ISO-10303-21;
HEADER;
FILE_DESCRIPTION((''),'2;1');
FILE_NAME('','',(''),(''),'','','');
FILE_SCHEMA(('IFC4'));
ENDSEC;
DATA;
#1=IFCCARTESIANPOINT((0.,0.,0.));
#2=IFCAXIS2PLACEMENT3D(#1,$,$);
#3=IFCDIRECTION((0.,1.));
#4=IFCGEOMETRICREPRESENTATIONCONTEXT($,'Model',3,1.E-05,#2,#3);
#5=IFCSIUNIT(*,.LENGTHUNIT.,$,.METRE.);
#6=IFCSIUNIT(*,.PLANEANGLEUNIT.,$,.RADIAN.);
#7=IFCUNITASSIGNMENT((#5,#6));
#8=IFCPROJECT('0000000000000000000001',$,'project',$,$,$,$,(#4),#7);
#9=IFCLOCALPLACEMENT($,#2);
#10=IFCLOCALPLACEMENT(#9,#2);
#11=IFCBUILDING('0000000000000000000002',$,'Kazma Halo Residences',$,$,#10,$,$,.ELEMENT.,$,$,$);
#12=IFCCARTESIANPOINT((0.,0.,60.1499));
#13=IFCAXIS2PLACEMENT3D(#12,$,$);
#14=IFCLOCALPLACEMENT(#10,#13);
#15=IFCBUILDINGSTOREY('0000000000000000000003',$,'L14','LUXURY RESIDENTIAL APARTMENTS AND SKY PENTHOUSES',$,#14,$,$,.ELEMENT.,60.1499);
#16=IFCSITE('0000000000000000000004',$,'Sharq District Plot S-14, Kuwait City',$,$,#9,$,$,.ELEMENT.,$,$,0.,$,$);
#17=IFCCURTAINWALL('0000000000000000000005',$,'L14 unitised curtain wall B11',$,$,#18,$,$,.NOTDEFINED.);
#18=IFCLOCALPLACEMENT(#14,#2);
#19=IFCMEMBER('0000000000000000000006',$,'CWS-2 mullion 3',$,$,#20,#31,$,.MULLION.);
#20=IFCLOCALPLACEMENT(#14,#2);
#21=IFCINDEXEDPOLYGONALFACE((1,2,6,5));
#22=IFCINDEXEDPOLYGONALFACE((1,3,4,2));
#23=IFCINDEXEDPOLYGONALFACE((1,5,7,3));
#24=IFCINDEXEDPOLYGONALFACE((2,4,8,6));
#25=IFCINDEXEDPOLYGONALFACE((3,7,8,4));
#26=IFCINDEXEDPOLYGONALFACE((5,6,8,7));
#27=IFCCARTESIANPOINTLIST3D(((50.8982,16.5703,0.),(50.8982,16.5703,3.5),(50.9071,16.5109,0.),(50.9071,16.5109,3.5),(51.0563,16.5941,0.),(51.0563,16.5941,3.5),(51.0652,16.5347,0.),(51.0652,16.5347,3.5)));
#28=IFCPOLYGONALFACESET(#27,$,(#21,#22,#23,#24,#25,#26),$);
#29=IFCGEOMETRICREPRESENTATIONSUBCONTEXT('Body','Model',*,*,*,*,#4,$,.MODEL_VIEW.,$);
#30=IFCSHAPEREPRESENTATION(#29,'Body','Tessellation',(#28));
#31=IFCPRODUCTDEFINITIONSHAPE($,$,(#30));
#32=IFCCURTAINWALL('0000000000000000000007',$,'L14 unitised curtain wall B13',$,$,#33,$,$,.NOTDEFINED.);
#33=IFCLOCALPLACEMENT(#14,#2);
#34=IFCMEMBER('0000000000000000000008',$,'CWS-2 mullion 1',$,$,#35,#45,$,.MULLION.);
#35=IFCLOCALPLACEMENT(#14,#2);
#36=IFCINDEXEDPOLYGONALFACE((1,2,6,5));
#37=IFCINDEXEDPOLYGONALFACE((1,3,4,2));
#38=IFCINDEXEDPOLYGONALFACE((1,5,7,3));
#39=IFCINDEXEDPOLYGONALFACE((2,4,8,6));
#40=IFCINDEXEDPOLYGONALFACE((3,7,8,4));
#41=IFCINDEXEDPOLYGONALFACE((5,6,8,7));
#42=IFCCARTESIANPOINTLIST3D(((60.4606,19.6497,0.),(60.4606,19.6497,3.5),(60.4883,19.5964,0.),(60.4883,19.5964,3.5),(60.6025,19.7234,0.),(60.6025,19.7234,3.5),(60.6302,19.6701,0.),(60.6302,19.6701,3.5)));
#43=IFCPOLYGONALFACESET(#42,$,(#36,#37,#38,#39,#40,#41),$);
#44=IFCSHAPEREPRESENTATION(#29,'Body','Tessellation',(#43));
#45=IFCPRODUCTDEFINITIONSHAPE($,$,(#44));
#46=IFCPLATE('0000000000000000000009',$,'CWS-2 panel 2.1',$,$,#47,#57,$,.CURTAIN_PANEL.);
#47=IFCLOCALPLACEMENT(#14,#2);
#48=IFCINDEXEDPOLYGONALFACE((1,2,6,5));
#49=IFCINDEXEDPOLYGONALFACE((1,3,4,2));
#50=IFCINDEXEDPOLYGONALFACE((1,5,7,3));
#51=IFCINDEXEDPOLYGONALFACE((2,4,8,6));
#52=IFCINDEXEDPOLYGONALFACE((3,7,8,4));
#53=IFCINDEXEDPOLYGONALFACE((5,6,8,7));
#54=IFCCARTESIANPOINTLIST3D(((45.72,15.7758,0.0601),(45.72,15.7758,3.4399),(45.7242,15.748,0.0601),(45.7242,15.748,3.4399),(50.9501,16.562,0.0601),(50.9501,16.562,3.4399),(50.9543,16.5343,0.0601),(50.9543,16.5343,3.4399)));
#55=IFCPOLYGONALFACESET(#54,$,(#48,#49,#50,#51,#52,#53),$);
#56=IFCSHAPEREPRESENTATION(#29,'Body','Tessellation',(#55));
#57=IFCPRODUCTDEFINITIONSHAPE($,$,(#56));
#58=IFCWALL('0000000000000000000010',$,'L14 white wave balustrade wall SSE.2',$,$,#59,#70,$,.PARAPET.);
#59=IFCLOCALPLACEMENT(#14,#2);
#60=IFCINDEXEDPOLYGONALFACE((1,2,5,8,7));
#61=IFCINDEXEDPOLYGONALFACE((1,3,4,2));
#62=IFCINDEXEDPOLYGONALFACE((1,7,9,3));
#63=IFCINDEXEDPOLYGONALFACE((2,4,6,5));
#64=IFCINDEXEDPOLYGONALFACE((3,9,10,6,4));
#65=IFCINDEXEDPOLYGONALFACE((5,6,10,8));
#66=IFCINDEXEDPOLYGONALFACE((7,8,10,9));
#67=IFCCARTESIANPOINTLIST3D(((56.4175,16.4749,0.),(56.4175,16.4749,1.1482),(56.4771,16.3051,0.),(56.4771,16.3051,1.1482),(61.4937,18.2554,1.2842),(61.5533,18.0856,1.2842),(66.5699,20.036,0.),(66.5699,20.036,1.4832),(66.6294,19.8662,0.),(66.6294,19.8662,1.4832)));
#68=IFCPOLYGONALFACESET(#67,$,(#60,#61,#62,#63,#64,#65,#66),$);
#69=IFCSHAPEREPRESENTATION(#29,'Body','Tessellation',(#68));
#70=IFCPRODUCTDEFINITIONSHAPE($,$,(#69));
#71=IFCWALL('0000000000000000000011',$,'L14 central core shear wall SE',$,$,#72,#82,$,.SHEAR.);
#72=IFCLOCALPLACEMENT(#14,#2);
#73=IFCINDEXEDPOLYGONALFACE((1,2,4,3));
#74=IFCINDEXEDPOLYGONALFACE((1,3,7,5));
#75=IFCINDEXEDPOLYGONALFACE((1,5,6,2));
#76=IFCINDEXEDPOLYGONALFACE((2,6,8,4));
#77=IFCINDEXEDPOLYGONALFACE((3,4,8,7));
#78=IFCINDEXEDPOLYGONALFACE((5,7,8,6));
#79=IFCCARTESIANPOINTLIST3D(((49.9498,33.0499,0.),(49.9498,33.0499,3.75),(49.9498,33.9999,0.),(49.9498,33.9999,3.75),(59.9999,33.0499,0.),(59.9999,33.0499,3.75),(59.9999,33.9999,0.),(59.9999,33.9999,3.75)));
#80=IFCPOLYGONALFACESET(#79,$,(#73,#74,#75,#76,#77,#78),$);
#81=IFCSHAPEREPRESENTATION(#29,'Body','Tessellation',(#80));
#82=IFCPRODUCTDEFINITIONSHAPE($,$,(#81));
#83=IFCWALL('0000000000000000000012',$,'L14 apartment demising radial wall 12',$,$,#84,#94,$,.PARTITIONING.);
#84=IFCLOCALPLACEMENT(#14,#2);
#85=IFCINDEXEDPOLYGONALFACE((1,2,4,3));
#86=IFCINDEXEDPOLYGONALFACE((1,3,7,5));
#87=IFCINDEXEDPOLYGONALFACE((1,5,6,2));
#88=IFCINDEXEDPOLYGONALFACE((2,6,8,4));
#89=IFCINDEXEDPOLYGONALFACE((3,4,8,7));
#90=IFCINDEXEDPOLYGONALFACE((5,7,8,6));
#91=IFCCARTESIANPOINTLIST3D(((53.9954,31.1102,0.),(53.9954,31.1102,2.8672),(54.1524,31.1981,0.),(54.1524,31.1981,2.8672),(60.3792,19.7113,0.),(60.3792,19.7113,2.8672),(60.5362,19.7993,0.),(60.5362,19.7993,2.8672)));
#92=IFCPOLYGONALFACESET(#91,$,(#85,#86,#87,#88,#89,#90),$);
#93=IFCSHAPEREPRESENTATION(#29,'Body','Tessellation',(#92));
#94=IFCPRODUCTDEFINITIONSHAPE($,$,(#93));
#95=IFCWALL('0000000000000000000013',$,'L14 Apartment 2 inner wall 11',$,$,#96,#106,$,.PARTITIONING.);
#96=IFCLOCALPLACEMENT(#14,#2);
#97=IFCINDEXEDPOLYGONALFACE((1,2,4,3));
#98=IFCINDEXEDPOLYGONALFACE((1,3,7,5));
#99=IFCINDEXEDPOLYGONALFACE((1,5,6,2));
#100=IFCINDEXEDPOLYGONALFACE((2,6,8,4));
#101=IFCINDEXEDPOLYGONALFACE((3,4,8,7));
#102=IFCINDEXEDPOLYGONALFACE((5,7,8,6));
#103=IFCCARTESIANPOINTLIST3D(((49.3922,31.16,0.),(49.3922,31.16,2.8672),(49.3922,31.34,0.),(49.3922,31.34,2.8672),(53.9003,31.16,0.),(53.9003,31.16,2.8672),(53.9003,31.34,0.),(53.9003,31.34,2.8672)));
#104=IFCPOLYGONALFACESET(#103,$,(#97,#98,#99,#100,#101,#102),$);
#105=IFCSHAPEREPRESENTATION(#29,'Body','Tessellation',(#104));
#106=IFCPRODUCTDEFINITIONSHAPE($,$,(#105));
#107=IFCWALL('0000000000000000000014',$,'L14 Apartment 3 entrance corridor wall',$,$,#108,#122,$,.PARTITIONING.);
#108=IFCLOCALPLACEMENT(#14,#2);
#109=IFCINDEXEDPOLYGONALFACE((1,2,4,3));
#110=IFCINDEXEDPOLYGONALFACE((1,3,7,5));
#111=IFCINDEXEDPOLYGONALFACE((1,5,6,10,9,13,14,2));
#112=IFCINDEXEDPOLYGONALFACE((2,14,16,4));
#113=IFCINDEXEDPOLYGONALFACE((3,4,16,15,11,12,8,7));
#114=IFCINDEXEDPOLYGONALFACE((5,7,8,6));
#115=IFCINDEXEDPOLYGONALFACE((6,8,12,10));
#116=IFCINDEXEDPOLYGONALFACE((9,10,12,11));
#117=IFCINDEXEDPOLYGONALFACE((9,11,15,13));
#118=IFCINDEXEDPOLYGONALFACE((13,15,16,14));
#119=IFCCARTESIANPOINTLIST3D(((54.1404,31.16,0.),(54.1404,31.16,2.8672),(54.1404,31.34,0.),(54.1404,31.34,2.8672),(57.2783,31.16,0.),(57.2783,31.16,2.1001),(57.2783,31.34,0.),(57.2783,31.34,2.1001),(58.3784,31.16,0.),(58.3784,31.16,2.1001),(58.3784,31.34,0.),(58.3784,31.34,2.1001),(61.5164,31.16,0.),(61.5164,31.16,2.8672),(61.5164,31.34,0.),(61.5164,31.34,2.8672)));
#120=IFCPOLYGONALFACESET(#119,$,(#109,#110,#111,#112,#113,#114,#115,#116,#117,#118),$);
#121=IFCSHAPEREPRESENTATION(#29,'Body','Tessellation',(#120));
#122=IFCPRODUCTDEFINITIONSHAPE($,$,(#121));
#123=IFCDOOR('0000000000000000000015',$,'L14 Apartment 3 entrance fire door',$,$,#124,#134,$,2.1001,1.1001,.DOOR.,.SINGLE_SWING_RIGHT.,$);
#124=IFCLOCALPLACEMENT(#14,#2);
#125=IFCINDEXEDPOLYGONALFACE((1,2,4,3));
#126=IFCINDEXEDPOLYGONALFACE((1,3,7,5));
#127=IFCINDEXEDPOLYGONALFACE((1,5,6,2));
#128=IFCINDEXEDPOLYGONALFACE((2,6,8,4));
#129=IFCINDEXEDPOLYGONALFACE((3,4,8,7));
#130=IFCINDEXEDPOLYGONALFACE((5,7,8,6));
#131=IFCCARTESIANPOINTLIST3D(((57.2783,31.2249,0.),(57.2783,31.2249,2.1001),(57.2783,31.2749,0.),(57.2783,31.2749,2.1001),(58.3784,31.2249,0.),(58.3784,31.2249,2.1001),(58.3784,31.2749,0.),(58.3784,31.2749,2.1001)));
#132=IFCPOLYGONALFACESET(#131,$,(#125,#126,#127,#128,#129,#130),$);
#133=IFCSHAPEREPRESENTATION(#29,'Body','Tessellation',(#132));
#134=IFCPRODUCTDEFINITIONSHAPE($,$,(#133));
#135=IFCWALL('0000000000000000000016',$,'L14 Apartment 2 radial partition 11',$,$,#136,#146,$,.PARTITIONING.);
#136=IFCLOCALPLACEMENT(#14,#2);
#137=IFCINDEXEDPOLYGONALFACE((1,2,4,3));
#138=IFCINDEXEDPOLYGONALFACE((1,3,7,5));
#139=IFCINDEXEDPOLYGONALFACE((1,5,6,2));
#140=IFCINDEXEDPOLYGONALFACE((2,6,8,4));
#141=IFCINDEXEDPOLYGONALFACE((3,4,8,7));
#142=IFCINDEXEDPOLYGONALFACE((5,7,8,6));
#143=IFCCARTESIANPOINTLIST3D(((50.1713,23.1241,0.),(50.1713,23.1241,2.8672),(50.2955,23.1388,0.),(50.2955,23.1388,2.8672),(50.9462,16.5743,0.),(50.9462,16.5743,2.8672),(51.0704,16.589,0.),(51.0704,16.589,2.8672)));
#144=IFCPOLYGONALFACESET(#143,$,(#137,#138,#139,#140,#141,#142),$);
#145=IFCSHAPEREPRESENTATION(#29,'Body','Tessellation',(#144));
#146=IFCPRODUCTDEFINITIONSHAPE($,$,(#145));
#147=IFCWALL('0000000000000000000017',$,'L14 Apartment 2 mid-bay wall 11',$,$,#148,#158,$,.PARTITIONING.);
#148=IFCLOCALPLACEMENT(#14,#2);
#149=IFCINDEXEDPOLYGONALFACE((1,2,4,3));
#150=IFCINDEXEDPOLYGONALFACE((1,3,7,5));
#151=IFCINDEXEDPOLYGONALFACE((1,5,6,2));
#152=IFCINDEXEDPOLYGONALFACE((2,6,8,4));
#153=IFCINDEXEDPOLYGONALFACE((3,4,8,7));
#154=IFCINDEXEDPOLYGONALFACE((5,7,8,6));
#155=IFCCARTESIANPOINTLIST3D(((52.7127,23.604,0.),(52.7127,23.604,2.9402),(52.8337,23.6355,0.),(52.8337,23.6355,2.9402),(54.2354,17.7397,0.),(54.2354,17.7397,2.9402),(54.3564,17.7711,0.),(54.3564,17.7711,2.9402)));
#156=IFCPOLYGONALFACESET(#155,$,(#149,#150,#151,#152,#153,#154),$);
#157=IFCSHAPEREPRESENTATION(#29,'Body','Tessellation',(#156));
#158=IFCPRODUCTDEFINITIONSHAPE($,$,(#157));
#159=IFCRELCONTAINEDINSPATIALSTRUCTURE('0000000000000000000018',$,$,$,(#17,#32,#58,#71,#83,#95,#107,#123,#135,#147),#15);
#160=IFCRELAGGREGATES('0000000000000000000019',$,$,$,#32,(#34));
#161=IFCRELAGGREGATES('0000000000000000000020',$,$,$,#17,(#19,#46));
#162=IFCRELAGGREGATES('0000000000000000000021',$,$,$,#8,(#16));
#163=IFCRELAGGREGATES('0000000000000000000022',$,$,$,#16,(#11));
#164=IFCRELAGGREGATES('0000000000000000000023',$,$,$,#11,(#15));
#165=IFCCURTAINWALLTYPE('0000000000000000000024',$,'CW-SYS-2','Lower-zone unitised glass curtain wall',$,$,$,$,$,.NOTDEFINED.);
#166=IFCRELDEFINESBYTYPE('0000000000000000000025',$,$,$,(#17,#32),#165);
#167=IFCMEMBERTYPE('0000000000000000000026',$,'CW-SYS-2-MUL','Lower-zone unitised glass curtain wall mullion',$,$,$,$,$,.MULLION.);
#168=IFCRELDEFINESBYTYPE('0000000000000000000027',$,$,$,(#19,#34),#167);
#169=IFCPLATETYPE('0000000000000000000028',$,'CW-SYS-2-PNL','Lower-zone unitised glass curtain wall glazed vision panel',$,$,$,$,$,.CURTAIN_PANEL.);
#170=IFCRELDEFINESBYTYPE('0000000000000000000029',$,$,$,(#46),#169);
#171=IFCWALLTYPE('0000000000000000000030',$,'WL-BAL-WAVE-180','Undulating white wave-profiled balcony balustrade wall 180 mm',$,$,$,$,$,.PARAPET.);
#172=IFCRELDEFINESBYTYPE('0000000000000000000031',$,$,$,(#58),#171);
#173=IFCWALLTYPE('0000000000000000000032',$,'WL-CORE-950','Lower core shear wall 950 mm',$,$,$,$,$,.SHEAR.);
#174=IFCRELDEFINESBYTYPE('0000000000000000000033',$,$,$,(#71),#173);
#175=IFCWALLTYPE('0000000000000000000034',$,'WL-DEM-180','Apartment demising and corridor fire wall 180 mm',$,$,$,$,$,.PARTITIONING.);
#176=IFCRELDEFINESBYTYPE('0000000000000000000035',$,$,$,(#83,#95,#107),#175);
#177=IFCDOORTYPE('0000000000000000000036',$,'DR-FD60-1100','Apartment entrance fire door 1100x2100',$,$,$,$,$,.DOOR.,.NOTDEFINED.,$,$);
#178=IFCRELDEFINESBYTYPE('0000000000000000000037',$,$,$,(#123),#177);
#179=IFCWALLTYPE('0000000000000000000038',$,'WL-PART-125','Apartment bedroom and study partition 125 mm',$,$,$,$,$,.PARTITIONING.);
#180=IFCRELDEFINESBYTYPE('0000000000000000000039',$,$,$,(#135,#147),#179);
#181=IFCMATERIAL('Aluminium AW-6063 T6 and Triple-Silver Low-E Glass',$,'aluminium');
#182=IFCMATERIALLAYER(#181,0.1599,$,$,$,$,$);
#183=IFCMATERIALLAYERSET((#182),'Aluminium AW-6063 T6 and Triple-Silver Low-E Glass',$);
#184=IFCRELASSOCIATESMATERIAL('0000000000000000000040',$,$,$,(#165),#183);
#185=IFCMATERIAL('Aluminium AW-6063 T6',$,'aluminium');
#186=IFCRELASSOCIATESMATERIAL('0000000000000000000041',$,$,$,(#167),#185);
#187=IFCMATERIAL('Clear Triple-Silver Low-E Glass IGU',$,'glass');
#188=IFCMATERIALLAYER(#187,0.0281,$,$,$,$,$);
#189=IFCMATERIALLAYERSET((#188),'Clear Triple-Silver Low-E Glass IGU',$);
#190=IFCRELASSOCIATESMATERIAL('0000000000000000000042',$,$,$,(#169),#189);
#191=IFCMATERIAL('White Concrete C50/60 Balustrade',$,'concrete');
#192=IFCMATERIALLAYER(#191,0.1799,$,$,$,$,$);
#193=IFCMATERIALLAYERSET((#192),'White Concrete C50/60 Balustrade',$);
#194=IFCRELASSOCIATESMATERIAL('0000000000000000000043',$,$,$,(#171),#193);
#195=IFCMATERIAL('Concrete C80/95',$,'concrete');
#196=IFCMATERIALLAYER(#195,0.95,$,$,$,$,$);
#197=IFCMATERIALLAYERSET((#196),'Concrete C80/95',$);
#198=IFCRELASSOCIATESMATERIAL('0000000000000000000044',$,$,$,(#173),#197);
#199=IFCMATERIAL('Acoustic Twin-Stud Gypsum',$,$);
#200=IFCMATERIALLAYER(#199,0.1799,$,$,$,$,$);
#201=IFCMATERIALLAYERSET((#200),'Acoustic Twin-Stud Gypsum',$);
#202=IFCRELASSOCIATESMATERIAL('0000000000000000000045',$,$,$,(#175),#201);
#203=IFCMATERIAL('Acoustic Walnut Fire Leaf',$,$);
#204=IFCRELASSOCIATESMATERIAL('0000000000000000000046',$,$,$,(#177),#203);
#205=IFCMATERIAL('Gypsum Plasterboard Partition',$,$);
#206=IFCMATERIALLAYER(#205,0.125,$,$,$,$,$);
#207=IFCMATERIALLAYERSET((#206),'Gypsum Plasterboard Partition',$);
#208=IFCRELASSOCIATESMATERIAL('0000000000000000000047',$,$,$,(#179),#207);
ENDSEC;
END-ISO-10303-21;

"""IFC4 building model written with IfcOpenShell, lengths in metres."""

from ifc_helpers import new_model, si_unit, direction, frame, frame_2d, origin, origin_2d, place, context, subcontext, project, spatial, polyline, rectangle, outline, extrude, material, layer, layer_set, material_profile, profile_set, type_object, element, fill, aggregate, save


model = new_model("IFC4")

# Units and contexts
model_context = context("Model", 3, precision=1e-05, world=origin(), true_north=direction((0.0, 1.0)))
body_context = subcontext(model_context, "Body", "Model", "MODEL_VIEW")
ifc_project = project(units=[si_unit("LENGTHUNIT", "METRE"), si_unit("PLANEANGLEUNIT", "RADIAN")], contexts=[model_context])

# Site, building, storey
site_placement = place(None, origin())
site = spatial("IfcSite", under=ifc_project, at=site_placement, Name="Sharq District Plot S-14, Kuwait City", CompositionType="ELEMENT", RefElevation=0.0)
building_placement = place(site_placement, origin())
building = spatial("IfcBuilding", under=site, at=building_placement, Name="Kazma Halo Residences", CompositionType="ELEMENT")
storey_placement = place(building_placement, frame((0.0, 0.0, 60.1499)))
storey = spatial("IfcBuildingStorey", under=building, at=storey_placement, Name="L14", Description="LUXURY RESIDENTIAL APARTMENTS AND SKY PENTHOUSES", CompositionType="ELEMENT", Elevation=60.1499)

# Shared definitions
ifc_material_1 = material(Name="Concrete C80/95", Category="concrete")

# Curtain walls, members
ifc_material_2 = material(Name="Aluminium AW-6063 T6 and Triple-Silver Low-E Glass", Category="aluminium")
ifc_layer_1 = layer(ifc_material_2, 0.1599)
ifc_layer_set_1 = layer_set([ifc_layer_1], Name="Aluminium AW-6063 T6 and Triple-Silver Low-E Glass")
curtain_wall_type = type_object("IfcCurtainWallType", Name="CW-SYS-2", Description="Lower-zone unitised glass curtain wall", PredefinedType="NOTDEFINED", material=ifc_layer_set_1)
curtain_wall_1_placement = place(storey_placement, origin())
curtain_wall_1 = element("IfcCurtainWall", 1, at=curtain_wall_1_placement, inside=storey, type_object=curtain_wall_type, Name="L14 unitised curtain wall B11", PredefinedType="NOTDEFINED")
ifc_material_3 = material(Name="Aluminium AW-6063 T6", Category="aluminium")
ifc_material_profile_1 = material_profile(ifc_material_3, rectangle(XDim=0.0601, YDim=0.1599, at=origin_2d()), Name="CWM-60x160")
ifc_profile_set_1 = profile_set([ifc_material_profile_1], Name="Aluminium AW-6063 T6")
member_type = type_object("IfcMemberType", Name="CW-SYS-2-MUL", Description="Lower-zone unitised glass curtain wall mullion", PredefinedType="MULLION", material=ifc_profile_set_1)
member_1_placement = place(storey_placement, frame((50.9817, 16.5525, 0.0), z_axis=(0.0, 0.0, 1.0), x_axis=(-0.148657, 0.988889, 0.0)))
member_1 = element("IfcMember", 2, at=member_1_placement, type_object=member_type, Name="CWS-2 mullion 3", PredefinedType="MULLION", context=body_context, shape_type="SweptSolid", body=[
    extrude(rectangle(XDim=0.0601, YDim=0.1599, at=origin_2d()), origin(), (0.0, 0.0, 1.0), 3.5),
])
curtain_wall_2_placement = place(storey_placement, origin())
curtain_wall_2 = element("IfcCurtainWall", 3, at=curtain_wall_2_placement, inside=storey, type_object=curtain_wall_type, Name="L14 unitised curtain wall B13", PredefinedType="NOTDEFINED")
member_2_placement = place(storey_placement, frame((60.5454, 19.6599, 0.0), z_axis=(0.0, 0.0, 1.0), x_axis=(-0.460996, 0.887402, 0.0)))
member_2 = element("IfcMember", 4, at=member_2_placement, type_object=member_type, Name="CWS-2 mullion 1", PredefinedType="MULLION", context=body_context, shape_type="SweptSolid", body=[
    extrude(rectangle(XDim=0.0601, YDim=0.1599, at=origin_2d()), origin(), (0.0, 0.0, 1.0), 3.5),
])
aggregate(curtain_wall_2, [member_2])

# Plate
ifc_material_4 = material(Name="Clear Triple-Silver Low-E Glass IGU", Category="glass")
ifc_layer_2 = layer(ifc_material_4, 0.0281)
ifc_layer_set_2 = layer_set([ifc_layer_2], Name="Clear Triple-Silver Low-E Glass IGU")
plate_type = type_object("IfcPlateType", Name="CW-SYS-2-PNL", Description="Lower-zone unitised glass curtain wall glazed vision panel", PredefinedType="CURTAIN_PANEL", material=ifc_layer_set_2)
plate_placement = place(storey_placement, frame((48.3372, 16.155, 0.0601), z_axis=(0.0, 0.0, 1.0), x_axis=(0.988889, 0.148657, 0.0)))
plate = element("IfcPlate", 5, at=plate_placement, type_object=plate_type, Name="CWS-2 panel 2.1", PredefinedType="CURTAIN_PANEL", context=body_context, shape_type="SweptSolid", body=[
    extrude(rectangle(XDim=5.2888, YDim=0.0281, at=origin_2d()), origin(), (0.0, 0.0, 1.0), 3.3799),
])
aggregate(curtain_wall_1, [member_1, plate])

# Walls
ifc_material_5 = material(Name="White Concrete C50/60 Balustrade", Category="concrete")
ifc_layer_3 = layer(ifc_material_5, 0.1799)
ifc_layer_set_3 = layer_set([ifc_layer_3], Name="White Concrete C50/60 Balustrade")
wall_type_1 = type_object("IfcWallType", Name="WL-BAL-WAVE-180", Description="Undulating white wave-profiled balcony balustrade wall 180 mm", PredefinedType="PARAPET", material=ifc_layer_set_3)
wall_1_placement = place(storey_placement, frame((56.4473, 16.3901, 0.0), z_axis=(0.0, 0.0, 1.0), x_axis=(0.943635, 0.330989, 0.0)))
element("IfcWall", 6, at=wall_1_placement, inside=storey, type_object=wall_type_1, Name="L14 white wave balustrade wall SSE.2", PredefinedType="PARAPET", context=body_context, shape_type="SweptSolid", body=[
    extrude(outline(polyline([(0.0, 0.0), (10.7588, 0.0), (10.7588, 1.4832), (5.3794, 1.2842), (0.0, 1.1482), (0.0, 0.0)])), frame((0.0, 0.0898, 0.0), z_axis=(0.0, -1.0, 0.0), x_axis=(1.0, 0.0, 0.0)), (0.0, 0.0, 1.0), 0.1799),
])
ifc_layer_4 = layer(ifc_material_1, 0.95)
ifc_layer_set_4 = layer_set([ifc_layer_4], Name="Concrete C80/95")
wall_type_2 = type_object("IfcWallType", Name="WL-CORE-950", Description="Lower core shear wall 950 mm", PredefinedType="SHEAR", material=ifc_layer_set_4)
wall_2_placement = place(storey_placement, frame((49.95, 33.5249, 0.0), z_axis=(0.0, 0.0, 1.0), x_axis=(1.0, 0.0, 0.0)))
element("IfcWall", 7, at=wall_2_placement, inside=storey, type_object=wall_type_2, Name="L14 central core shear wall SE", PredefinedType="SHEAR", context=body_context, shape_type="SweptSolid", body=[
    extrude(rectangle(XDim=10.05, YDim=0.95, at=frame_2d((5.0249, 0.0))), origin(), (0.0, 0.0, 1.0), 3.75),
])
ifc_material_6 = material(Name="Acoustic Twin-Stud Gypsum")
ifc_layer_5 = layer(ifc_material_6, 0.1799)
ifc_layer_set_5 = layer_set([ifc_layer_5], Name="Acoustic Twin-Stud Gypsum")
wall_type_3 = type_object("IfcWallType", Name="WL-DEM-180", Description="Apartment demising and corridor fire wall 180 mm", PredefinedType="PARTITIONING", material=ifc_layer_set_5)
wall_3_placement = place(storey_placement, frame((54.074, 31.1541, 0.0), z_axis=(0.0, 0.0, 1.0), x_axis=(0.488626, -0.872493, 0.0)))
element("IfcWall", 8, at=wall_3_placement, inside=storey, type_object=wall_type_3, Name="L14 apartment demising radial wall 12", PredefinedType="PARTITIONING", context=body_context, shape_type="SweptSolid", body=[
    extrude(rectangle(XDim=13.0647, YDim=0.1799, at=frame_2d((6.5322, 0.0))), origin(), (0.0, 0.0, 1.0), 2.8672),
])
wall_4_placement = place(storey_placement, frame((49.3923, 31.25, 0.0), z_axis=(0.0, 0.0, 1.0), x_axis=(1.0, 0.0, 0.0)))
element("IfcWall", 9, at=wall_4_placement, inside=storey, type_object=wall_type_3, Name="L14 Apartment 2 inner wall 11", PredefinedType="PARTITIONING", context=body_context, shape_type="SweptSolid", body=[
    extrude(rectangle(XDim=4.5081, YDim=0.1799, at=frame_2d((2.2539, 0.0))), origin(), (0.0, 0.0, 1.0), 2.8672),
])

# Wall, opening, door
wall_5_placement = place(storey_placement, frame((54.1404, 31.25, 0.0), z_axis=(0.0, 0.0, 1.0), x_axis=(1.0, 0.0, 0.0)))
wall_5 = element("IfcWall", 10, at=wall_5_placement, inside=storey, type_object=wall_type_3, Name="L14 Apartment 3 entrance corridor wall", PredefinedType="PARTITIONING", context=body_context, shape_type="SweptSolid", body=[
    extrude(rectangle(XDim=7.376, YDim=0.1799, at=frame_2d((3.688, 0.0))), origin(), (0.0, 0.0, 1.0), 2.8672),
])
opening_1_placement = place(wall_5_placement, frame((3.1379, 0.0, 0.0)))
opening_1 = element("IfcOpeningElement", 11, at=opening_1_placement, cuts=wall_5, PredefinedType="OPENING", context=body_context, shape_type="SweptSolid", body=[
    extrude(rectangle(XDim=1.1001, YDim=2.1001, at=frame_2d((0.55, 1.05))), frame((0.0, 0.0999, 0.0), z_axis=(0.0, -1.0, 0.0), x_axis=(1.0, 0.0, 0.0)), (0.0, 0.0, 1.0), 0.2),
])
ifc_material_7 = material(Name="Acoustic Walnut Fire Leaf")
door_type_1 = type_object("IfcDoorType", Name="DR-FD60-1100", Description="Apartment entrance fire door 1100x2100", OperationType="NOTDEFINED", PredefinedType="DOOR", material=ifc_material_7)
door_1_placement = place(opening_1_placement, origin())
door_1 = element("IfcDoor", 12, at=door_1_placement, inside=storey, type_object=door_type_1, Name="L14 Apartment 3 entrance fire door", OperationType="SINGLE_SWING_RIGHT", OverallHeight=2.1001, OverallWidth=1.1001, PredefinedType="DOOR", context=body_context, shape_type="SweptSolid", body=[
    extrude(rectangle(XDim=1.1001, YDim=2.1001, at=frame_2d((0.55, 1.05))), frame((0.0, 0.0249, 0.0), z_axis=(0.0, -1.0, 0.0), x_axis=(1.0, 0.0, 0.0)), (0.0, 0.0, 1.0), 0.05),
])
fill(opening_1, door_1)

# Walls
ifc_material_8 = material(Name="Gypsum Plasterboard Partition")
ifc_layer_6 = layer(ifc_material_8, 0.125)
ifc_layer_set_6 = layer_set([ifc_layer_6], Name="Gypsum Plasterboard Partition")
wall_type_4 = type_object("IfcWallType", Name="WL-PART-125", Description="Apartment bedroom and study partition 125 mm", PredefinedType="PARTITIONING", material=ifc_layer_set_6)
wall_6_placement = place(storey_placement, frame((50.2334, 23.1316, 0.0), z_axis=(0.0, 0.0, 1.0), x_axis=(0.11749, -0.993074, 0.0)))
element("IfcWall", 13, at=wall_6_placement, inside=storey, type_object=wall_type_4, Name="L14 Apartment 2 radial partition 11", PredefinedType="PARTITIONING", context=body_context, shape_type="SweptSolid", body=[
    extrude(rectangle(XDim=6.5955, YDim=0.125, at=frame_2d((3.2979, 0.0))), origin(), (0.0, 0.0, 1.0), 2.8672),
])
wall_7_placement = place(storey_placement, frame((52.7732, 23.6196, 0.0), z_axis=(0.0, 0.0, 1.0), x_axis=(0.251324, -0.967903, 0.0)))
element("IfcWall", 14, at=wall_7_placement, inside=storey, type_object=wall_type_4, Name="L14 Apartment 2 mid-bay wall 11", PredefinedType="PARTITIONING", context=body_context, shape_type="SweptSolid", body=[
    extrude(rectangle(XDim=6.0588, YDim=0.125, at=frame_2d((3.0293, 0.0))), origin(), (0.0, 0.0, 1.0), 2.9402),
])

save(model, "model.ifc")
